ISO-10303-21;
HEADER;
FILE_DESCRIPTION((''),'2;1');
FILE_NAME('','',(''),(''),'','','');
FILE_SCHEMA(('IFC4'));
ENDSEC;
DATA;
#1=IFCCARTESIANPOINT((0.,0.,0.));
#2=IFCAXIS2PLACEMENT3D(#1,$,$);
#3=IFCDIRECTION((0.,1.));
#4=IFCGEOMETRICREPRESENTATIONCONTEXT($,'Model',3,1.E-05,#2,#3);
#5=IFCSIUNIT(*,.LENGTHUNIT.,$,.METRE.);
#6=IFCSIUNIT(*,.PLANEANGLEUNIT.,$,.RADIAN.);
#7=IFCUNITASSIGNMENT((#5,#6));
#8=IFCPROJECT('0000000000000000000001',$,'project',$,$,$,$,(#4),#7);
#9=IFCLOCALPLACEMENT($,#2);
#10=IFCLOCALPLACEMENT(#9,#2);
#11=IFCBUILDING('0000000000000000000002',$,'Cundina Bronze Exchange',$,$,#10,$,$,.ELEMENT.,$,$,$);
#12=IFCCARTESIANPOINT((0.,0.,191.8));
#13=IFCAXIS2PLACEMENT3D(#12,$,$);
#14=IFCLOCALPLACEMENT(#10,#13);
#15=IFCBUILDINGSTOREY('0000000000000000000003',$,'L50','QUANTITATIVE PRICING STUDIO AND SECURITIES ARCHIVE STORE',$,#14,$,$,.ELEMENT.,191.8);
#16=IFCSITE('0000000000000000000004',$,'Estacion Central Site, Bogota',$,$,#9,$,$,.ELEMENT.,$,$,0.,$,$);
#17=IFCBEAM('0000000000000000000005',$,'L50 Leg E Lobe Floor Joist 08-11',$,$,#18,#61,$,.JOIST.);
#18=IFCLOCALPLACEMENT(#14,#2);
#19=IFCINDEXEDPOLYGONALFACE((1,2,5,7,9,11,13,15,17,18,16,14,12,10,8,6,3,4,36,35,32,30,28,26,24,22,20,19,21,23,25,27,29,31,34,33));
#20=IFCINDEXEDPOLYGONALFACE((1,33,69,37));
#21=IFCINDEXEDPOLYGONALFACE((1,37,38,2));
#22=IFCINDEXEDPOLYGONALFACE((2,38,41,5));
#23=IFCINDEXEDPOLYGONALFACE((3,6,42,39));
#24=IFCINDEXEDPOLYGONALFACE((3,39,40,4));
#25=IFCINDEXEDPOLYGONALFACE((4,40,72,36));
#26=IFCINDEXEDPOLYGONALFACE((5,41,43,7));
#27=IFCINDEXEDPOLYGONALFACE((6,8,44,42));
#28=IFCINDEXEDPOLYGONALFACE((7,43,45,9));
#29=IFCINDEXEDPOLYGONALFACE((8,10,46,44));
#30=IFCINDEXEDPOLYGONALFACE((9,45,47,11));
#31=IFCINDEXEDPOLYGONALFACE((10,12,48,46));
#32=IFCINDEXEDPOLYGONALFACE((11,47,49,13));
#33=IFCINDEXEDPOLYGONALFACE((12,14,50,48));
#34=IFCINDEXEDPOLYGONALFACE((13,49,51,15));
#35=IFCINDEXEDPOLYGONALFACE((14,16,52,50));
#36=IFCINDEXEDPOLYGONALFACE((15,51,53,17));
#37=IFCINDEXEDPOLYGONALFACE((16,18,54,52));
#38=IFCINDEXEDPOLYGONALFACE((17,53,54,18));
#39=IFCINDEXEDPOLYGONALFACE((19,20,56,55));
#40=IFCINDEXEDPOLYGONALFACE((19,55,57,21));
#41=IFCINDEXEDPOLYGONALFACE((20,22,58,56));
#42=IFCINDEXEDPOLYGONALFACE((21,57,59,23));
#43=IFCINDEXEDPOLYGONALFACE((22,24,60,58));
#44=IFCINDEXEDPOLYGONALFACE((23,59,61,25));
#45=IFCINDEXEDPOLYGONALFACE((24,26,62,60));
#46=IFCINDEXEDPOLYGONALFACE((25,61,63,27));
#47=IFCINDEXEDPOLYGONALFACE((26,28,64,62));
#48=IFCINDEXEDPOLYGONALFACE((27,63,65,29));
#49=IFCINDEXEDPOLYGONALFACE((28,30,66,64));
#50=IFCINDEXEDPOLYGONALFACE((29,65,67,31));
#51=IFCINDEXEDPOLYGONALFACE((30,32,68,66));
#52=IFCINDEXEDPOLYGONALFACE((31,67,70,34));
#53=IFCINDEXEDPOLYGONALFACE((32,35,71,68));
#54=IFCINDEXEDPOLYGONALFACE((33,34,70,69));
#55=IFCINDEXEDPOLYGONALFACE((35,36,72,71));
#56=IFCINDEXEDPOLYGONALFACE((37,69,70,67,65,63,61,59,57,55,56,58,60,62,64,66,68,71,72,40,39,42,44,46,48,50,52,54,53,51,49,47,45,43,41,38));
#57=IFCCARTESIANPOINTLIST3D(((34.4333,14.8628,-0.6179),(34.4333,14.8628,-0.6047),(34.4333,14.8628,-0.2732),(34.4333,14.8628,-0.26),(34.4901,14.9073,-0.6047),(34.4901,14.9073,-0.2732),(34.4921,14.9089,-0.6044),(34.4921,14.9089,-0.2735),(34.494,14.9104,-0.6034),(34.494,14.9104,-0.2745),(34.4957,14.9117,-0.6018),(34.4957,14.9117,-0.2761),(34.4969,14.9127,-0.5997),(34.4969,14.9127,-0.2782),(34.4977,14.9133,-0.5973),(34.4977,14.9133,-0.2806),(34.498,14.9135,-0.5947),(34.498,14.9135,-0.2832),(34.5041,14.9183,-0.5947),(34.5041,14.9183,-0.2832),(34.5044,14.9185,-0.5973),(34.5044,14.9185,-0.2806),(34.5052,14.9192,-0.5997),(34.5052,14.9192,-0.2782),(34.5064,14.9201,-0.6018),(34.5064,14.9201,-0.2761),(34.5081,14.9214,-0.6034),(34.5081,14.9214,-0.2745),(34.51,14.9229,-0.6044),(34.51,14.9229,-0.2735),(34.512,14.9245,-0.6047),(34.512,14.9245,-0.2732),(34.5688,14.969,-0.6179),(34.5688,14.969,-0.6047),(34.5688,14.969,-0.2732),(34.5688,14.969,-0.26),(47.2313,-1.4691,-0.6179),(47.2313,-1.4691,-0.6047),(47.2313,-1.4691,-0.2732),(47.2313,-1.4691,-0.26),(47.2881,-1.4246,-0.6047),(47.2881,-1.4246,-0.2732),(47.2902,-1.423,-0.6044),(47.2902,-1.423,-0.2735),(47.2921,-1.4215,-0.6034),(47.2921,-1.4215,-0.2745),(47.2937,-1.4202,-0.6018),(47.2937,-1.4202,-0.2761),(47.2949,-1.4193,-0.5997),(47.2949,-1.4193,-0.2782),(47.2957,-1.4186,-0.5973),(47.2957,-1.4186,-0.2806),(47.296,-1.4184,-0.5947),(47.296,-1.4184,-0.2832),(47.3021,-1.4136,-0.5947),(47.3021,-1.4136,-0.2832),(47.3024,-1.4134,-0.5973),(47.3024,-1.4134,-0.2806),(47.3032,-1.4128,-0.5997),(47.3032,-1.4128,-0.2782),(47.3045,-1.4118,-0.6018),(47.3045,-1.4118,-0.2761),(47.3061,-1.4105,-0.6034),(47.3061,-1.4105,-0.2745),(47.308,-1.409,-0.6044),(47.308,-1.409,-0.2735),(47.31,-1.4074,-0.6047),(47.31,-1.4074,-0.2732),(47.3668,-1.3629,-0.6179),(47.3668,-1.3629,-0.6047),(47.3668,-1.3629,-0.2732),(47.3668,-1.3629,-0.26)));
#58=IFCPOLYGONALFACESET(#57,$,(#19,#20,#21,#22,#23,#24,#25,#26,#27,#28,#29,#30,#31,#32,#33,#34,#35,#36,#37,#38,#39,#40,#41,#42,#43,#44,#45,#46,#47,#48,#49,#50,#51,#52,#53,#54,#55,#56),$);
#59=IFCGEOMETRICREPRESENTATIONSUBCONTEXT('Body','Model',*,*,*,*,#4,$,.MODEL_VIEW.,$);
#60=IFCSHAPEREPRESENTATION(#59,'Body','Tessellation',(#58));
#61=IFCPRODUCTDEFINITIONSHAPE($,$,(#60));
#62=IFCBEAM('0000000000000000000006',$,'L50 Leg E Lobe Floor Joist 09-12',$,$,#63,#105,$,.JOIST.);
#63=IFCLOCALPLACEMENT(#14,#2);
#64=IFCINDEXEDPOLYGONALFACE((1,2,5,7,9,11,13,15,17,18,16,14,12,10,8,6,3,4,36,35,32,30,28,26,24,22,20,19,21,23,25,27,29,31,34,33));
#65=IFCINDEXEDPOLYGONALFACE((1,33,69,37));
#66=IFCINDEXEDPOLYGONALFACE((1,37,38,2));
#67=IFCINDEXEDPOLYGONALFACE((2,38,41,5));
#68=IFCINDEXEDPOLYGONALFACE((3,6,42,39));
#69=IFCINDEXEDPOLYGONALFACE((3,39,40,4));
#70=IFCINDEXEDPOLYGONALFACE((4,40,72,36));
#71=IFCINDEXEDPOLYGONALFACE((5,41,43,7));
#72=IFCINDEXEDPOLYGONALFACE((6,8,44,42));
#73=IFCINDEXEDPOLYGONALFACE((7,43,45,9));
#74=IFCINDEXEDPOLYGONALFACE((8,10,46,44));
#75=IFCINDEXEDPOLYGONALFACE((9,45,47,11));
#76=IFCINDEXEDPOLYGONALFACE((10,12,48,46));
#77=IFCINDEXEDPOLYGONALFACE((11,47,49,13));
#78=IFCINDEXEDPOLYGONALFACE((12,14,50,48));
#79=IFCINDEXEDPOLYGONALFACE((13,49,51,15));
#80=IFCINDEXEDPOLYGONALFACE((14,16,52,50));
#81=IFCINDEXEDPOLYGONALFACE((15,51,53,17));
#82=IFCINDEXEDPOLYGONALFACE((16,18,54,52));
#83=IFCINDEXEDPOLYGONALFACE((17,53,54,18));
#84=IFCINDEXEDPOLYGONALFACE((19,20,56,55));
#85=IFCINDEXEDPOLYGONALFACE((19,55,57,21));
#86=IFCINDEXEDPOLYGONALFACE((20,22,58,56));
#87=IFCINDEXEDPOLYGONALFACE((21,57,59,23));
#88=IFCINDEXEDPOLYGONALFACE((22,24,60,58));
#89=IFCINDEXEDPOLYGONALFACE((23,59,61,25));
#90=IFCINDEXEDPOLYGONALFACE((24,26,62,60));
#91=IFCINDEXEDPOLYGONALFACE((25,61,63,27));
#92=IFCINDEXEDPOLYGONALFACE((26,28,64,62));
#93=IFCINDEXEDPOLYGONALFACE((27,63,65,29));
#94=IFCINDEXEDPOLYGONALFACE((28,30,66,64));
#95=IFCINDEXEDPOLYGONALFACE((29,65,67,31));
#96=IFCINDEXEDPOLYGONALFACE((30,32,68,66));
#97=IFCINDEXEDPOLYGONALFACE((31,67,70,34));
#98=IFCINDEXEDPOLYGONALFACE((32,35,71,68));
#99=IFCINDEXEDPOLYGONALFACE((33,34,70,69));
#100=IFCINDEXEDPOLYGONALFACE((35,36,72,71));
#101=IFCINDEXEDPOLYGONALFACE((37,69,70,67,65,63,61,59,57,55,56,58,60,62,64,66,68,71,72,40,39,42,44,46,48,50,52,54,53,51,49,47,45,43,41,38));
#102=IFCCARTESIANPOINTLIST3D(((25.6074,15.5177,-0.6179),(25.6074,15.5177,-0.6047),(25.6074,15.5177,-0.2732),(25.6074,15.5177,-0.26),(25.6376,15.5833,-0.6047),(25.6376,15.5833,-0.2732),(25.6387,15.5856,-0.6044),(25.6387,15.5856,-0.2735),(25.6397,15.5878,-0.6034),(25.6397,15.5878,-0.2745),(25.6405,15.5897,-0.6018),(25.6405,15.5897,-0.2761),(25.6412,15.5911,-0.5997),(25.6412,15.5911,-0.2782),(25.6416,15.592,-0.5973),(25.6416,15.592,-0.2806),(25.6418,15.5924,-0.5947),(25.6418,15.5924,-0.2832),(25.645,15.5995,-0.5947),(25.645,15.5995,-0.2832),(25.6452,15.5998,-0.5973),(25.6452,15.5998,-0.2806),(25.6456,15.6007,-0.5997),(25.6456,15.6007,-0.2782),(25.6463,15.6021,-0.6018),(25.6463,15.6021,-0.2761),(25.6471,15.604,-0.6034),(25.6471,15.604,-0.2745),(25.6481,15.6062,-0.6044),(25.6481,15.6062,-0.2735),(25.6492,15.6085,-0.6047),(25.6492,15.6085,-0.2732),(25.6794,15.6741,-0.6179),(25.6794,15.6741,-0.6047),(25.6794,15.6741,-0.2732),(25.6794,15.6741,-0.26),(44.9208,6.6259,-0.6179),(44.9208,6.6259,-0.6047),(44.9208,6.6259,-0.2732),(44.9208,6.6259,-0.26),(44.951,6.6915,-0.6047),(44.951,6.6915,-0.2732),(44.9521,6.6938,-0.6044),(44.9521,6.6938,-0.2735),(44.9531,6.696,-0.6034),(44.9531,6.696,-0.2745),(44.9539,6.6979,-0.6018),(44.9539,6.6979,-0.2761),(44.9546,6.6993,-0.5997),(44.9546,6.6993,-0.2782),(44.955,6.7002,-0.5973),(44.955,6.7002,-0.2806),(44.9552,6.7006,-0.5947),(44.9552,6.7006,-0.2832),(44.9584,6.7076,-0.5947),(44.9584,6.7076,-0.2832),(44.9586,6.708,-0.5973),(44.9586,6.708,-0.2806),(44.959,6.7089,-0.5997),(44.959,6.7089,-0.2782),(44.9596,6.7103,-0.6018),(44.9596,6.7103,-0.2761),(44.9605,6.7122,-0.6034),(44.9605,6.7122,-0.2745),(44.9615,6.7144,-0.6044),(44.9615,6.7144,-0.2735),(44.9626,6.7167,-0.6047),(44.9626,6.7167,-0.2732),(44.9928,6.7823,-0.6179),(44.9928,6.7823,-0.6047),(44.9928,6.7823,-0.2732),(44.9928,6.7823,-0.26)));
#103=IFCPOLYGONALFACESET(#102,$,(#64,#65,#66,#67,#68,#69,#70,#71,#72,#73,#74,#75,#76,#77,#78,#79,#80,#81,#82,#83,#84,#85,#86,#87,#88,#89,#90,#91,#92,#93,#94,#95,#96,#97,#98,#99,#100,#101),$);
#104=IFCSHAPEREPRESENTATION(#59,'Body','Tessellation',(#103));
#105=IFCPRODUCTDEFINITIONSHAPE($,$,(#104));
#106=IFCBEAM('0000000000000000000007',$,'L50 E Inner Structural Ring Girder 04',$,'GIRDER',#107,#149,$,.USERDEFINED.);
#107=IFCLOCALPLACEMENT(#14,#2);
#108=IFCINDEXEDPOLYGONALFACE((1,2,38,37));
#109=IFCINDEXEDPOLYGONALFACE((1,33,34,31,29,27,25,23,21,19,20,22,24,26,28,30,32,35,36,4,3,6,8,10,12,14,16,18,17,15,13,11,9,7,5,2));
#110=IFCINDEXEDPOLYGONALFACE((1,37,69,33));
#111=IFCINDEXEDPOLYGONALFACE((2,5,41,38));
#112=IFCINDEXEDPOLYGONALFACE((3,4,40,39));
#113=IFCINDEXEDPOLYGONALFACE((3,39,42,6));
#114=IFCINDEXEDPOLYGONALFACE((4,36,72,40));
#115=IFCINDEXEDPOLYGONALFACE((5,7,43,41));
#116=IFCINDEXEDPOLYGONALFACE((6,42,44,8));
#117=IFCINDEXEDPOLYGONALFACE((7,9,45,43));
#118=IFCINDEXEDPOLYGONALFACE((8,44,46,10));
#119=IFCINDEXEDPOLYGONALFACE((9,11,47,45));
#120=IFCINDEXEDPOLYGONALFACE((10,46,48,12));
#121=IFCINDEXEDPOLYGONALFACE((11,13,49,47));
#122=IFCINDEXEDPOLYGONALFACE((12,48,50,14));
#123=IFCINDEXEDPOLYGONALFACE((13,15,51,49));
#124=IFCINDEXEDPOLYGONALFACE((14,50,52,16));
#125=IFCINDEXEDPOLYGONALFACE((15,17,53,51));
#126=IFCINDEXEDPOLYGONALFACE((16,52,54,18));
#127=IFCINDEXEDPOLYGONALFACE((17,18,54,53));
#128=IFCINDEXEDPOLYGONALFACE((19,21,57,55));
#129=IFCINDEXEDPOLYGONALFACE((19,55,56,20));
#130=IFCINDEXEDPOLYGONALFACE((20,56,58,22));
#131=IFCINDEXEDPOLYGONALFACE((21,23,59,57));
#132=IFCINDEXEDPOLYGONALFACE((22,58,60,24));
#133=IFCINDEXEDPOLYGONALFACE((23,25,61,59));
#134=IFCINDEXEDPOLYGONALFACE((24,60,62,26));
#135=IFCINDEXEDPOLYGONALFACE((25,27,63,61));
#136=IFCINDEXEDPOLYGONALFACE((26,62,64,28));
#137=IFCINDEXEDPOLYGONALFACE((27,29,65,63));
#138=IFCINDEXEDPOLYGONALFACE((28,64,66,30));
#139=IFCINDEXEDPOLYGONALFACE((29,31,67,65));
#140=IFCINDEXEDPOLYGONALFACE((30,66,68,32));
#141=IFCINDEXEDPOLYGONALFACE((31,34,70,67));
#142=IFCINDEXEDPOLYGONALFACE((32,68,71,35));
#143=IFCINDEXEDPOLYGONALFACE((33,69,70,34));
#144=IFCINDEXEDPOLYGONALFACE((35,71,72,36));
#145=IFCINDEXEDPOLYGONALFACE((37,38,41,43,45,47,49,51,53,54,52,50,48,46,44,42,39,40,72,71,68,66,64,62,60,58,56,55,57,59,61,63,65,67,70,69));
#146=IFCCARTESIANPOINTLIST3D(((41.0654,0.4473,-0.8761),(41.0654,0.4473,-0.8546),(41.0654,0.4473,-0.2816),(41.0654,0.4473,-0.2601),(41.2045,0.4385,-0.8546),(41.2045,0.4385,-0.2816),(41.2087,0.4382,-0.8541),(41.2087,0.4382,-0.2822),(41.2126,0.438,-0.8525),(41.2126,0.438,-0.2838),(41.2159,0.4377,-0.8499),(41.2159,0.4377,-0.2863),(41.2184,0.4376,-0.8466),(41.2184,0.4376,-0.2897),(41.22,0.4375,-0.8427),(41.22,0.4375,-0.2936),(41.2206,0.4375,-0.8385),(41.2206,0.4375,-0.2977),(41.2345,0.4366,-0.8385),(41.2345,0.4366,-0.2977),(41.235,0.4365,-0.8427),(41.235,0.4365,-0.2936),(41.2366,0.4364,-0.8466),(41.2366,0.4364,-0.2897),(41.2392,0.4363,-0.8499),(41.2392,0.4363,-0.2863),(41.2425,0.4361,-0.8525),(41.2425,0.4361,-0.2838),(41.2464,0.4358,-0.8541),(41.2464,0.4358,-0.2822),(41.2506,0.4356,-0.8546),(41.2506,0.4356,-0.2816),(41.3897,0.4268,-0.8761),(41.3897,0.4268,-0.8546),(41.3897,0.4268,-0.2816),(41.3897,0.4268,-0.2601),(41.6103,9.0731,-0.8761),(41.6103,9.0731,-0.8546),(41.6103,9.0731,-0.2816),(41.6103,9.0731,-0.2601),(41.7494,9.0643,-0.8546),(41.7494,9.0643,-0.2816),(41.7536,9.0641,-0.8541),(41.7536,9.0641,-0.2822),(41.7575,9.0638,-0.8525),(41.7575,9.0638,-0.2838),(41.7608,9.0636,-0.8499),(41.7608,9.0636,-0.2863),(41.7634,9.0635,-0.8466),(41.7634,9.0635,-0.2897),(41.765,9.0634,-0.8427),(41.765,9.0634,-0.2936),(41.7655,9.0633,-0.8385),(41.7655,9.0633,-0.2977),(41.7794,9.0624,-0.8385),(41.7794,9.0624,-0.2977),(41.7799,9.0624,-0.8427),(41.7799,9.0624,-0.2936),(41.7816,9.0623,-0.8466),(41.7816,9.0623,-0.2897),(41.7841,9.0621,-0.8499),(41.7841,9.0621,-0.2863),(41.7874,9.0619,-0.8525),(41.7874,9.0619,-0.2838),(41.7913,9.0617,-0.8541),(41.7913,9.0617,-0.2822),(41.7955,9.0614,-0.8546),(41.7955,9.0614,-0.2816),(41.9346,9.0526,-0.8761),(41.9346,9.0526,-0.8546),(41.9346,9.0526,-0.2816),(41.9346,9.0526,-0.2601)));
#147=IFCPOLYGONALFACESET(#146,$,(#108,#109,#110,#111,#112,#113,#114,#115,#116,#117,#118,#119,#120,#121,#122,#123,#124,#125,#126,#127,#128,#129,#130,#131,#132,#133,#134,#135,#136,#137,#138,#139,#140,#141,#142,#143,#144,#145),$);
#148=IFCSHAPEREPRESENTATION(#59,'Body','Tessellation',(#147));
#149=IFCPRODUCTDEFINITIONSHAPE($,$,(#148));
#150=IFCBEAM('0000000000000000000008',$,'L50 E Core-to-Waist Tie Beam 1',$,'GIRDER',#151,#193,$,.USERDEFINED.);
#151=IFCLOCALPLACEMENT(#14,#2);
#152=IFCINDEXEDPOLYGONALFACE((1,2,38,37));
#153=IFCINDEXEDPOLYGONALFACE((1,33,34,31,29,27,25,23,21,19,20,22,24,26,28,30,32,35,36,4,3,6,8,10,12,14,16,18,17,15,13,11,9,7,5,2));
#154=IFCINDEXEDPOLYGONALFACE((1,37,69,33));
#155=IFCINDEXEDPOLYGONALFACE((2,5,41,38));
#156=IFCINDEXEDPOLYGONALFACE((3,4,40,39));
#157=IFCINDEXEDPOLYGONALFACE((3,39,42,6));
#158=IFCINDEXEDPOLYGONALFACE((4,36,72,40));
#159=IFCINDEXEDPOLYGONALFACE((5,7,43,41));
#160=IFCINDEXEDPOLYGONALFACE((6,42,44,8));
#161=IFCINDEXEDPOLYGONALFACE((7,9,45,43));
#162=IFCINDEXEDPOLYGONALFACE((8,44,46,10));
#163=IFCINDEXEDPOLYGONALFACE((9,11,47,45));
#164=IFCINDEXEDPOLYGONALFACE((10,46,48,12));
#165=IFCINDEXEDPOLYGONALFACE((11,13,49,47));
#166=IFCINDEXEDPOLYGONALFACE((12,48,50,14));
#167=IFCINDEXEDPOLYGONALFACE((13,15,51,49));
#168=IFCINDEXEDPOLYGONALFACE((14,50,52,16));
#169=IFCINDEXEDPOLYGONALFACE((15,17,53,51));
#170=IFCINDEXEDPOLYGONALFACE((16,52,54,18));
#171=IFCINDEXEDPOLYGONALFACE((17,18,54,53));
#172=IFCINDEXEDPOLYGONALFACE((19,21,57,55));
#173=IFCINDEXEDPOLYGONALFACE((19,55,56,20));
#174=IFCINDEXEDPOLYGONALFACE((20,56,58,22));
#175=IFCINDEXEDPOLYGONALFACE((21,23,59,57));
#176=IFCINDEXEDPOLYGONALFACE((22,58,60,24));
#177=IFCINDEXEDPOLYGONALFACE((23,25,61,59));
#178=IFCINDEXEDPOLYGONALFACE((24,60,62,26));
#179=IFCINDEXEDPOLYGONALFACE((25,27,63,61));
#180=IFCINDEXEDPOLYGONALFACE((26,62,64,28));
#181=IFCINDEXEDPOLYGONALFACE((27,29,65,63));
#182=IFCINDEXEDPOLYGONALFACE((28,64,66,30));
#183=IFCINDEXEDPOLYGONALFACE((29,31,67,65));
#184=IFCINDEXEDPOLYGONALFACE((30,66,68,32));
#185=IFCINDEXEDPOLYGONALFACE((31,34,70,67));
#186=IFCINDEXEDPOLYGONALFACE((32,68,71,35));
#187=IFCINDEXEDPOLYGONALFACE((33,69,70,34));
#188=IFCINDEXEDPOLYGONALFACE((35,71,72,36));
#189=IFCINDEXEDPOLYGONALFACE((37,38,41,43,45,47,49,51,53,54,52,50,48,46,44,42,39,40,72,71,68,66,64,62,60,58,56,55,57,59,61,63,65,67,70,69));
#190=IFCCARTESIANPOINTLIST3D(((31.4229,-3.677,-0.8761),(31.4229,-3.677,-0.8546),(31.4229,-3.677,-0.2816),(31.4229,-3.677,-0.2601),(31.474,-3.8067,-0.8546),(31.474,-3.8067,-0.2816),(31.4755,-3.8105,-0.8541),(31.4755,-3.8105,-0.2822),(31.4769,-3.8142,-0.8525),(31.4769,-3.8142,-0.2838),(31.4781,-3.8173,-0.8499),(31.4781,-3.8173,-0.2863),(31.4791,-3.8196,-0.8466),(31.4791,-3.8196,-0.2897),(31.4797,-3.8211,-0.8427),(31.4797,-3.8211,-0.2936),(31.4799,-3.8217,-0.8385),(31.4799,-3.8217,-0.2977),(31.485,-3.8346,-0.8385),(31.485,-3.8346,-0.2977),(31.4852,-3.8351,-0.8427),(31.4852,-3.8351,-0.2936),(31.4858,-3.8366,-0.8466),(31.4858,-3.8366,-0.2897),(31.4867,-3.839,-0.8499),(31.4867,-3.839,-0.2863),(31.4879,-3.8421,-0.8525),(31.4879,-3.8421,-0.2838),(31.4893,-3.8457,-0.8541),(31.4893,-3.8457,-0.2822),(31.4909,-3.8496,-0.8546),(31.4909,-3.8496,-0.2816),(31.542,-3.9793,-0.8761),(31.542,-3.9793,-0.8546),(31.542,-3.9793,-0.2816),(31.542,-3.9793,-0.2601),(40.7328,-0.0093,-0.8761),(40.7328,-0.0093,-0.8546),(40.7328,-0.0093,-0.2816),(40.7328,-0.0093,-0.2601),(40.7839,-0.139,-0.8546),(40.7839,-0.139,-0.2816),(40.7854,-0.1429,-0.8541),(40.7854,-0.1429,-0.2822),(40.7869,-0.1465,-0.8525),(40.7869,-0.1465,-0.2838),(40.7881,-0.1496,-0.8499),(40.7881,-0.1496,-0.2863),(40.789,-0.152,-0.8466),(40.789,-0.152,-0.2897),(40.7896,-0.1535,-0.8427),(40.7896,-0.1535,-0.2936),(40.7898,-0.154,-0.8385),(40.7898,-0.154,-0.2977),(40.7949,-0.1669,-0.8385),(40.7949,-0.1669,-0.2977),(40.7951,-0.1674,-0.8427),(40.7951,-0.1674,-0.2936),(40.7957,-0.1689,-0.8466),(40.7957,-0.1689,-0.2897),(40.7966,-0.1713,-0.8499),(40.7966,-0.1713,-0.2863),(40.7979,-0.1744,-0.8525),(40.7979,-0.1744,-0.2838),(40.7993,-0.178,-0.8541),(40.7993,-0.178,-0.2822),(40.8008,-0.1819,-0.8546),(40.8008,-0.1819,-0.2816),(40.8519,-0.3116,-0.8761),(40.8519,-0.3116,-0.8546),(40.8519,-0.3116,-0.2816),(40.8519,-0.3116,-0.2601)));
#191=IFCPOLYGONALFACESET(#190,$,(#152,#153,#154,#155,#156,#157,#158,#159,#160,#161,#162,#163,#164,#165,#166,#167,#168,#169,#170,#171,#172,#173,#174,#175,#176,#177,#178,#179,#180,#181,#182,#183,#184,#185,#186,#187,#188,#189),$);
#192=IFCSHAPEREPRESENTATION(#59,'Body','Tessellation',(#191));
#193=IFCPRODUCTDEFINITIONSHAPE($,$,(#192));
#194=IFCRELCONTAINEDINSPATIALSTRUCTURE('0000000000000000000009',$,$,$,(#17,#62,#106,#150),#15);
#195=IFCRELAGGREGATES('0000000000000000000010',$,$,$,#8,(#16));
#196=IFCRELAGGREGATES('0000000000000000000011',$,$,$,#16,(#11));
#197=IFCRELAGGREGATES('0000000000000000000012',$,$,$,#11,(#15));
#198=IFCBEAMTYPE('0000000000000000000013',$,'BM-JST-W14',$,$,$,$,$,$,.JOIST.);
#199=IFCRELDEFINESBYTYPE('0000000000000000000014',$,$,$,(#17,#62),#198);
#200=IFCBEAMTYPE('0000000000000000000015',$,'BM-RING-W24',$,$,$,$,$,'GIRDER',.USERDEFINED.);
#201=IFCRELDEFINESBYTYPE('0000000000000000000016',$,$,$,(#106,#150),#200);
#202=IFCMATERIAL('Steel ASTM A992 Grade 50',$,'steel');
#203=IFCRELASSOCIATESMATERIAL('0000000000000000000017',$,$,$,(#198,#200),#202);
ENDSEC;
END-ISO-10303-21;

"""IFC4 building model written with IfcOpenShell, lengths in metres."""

from ifc_helpers import new_model, si_unit, direction, frame, origin, origin_2d, place, context, subcontext, project, spatial, i_section, extrude, material, material_profile, profile_set, type_object, element, save


model = new_model("IFC4")

# Units and contexts
model_context = context("Model", 3, precision=1e-05, world=origin(), true_north=direction((0.0, 1.0)))
body_context = subcontext(model_context, "Body", "Model", "MODEL_VIEW")
ifc_project = project(units=[si_unit("LENGTHUNIT", "METRE"), si_unit("PLANEANGLEUNIT", "RADIAN")], contexts=[model_context])

# Site, building, storey
site_placement = place(None, origin())
site = spatial("IfcSite", under=ifc_project, at=site_placement, Name="Estacion Central Site, Bogota", CompositionType="ELEMENT", RefElevation=0.0)
building_placement = place(site_placement, origin())
building = spatial("IfcBuilding", under=site, at=building_placement, Name="Cundina Bronze Exchange", CompositionType="ELEMENT")
storey_placement = place(building_placement, frame((0.0, 0.0, 191.8)))
storey = spatial("IfcBuildingStorey", under=building, at=storey_placement, Name="L50", Description="QUANTITATIVE PRICING STUDIO AND SECURITIES ARCHIVE STORE", CompositionType="ELEMENT", Elevation=191.8)

# Shared definitions
ifc_material_1 = material(Name="Steel ASTM A992 Grade 50", Category="steel")

# Beams
ifc_material_profile_1 = material_profile(ifc_material_1, i_section(OverallWidth=0.1721, OverallDepth=0.3579, WebThickness=0.0078, FlangeThickness=0.0132, FilletRadius=0.01, at=origin_2d()), Name="W14X38", Category="steel")
ifc_profile_set_1 = profile_set([ifc_material_profile_1], Name="Steel ASTM A992 Grade 50")
beam_type_1 = type_object("IfcBeamType", Name="BM-JST-W14", PredefinedType="JOIST", material=ifc_profile_set_1)
beam_1_placement = place(storey_placement, frame((47.2991, -1.416, -0.439), z_axis=(-0.616801, 0.787119, 0.0), x_axis=(-0.787119, -0.616801, 0.0)))
element("IfcBeam", 1, at=beam_1_placement, inside=storey, type_object=beam_type_1, Name="L50 Leg E Lobe Floor Joist 08-11", PredefinedType="JOIST", context=body_context, shape_type="SweptSolid", body=[
    extrude(i_section(OverallWidth=0.1721, OverallDepth=0.3579, WebThickness=0.0078, FlangeThickness=0.0132, FilletRadius=0.01, at=origin_2d()), origin(), (0.0, 0.0, 1.0), 20.749),
])
beam_2_placement = place(storey_placement, frame((44.9568, 6.7041, -0.439), z_axis=(-0.908354, 0.418202, 0.0), x_axis=(-0.418202, -0.908354, 0.0)))
element("IfcBeam", 2, at=beam_2_placement, inside=storey, type_object=beam_type_1, Name="L50 Leg E Lobe Floor Joist 09-12", PredefinedType="JOIST", context=body_context, shape_type="SweptSolid", body=[
    extrude(i_section(OverallWidth=0.1721, OverallDepth=0.3579, WebThickness=0.0078, FlangeThickness=0.0132, FilletRadius=0.01, at=origin_2d()), origin(), (0.0, 0.0, 1.0), 21.262),
])
ifc_material_profile_2 = material_profile(ifc_material_1, i_section(OverallWidth=0.325, OverallDepth=0.616, WebThickness=0.0139, FlangeThickness=0.0215, FilletRadius=0.0161, at=origin_2d()), Name="W24X117", Category="steel")
ifc_profile_set_2 = profile_set([ifc_material_profile_2], Name="Steel ASTM A992 Grade 50")
beam_type_2 = type_object("IfcBeamType", Name="BM-RING-W24", ElementType="GIRDER", PredefinedType="USERDEFINED", material=ifc_profile_set_2)
beam_3_placement = place(storey_placement, frame((41.2275, 0.437, -0.5681), z_axis=(0.063047, 0.998011, 0.0), x_axis=(-0.998011, 0.063047, 0.0)))
element("IfcBeam", 3, at=beam_3_placement, inside=storey, type_object=beam_type_2, Name="L50 E Inner Structural Ring Girder 04", ObjectType="GIRDER", PredefinedType="USERDEFINED", context=body_context, shape_type="SweptSolid", body=[
    extrude(i_section(OverallWidth=0.325, OverallDepth=0.616, WebThickness=0.0139, FlangeThickness=0.0215, FilletRadius=0.0161, at=origin_2d()), origin(), (0.0, 0.0, 1.0), 8.6431),
])
beam_4_placement = place(storey_placement, frame((31.4824, -3.8281, -0.5681), z_axis=(0.930404, 0.366535, 0.0), x_axis=(-0.366535, 0.930404, 0.0)))
element("IfcBeam", 4, at=beam_4_placement, inside=storey, type_object=beam_type_2, Name="L50 E Core-to-Waist Tie Beam 1", ObjectType="GIRDER", PredefinedType="USERDEFINED", context=body_context, shape_type="SweptSolid", body=[
    extrude(i_section(OverallWidth=0.325, OverallDepth=0.616, WebThickness=0.0139, FlangeThickness=0.0215, FilletRadius=0.0161, at=origin_2d()), origin(), (0.0, 0.0, 1.0), 10.0063),
])

save(model, "model.ifc")
